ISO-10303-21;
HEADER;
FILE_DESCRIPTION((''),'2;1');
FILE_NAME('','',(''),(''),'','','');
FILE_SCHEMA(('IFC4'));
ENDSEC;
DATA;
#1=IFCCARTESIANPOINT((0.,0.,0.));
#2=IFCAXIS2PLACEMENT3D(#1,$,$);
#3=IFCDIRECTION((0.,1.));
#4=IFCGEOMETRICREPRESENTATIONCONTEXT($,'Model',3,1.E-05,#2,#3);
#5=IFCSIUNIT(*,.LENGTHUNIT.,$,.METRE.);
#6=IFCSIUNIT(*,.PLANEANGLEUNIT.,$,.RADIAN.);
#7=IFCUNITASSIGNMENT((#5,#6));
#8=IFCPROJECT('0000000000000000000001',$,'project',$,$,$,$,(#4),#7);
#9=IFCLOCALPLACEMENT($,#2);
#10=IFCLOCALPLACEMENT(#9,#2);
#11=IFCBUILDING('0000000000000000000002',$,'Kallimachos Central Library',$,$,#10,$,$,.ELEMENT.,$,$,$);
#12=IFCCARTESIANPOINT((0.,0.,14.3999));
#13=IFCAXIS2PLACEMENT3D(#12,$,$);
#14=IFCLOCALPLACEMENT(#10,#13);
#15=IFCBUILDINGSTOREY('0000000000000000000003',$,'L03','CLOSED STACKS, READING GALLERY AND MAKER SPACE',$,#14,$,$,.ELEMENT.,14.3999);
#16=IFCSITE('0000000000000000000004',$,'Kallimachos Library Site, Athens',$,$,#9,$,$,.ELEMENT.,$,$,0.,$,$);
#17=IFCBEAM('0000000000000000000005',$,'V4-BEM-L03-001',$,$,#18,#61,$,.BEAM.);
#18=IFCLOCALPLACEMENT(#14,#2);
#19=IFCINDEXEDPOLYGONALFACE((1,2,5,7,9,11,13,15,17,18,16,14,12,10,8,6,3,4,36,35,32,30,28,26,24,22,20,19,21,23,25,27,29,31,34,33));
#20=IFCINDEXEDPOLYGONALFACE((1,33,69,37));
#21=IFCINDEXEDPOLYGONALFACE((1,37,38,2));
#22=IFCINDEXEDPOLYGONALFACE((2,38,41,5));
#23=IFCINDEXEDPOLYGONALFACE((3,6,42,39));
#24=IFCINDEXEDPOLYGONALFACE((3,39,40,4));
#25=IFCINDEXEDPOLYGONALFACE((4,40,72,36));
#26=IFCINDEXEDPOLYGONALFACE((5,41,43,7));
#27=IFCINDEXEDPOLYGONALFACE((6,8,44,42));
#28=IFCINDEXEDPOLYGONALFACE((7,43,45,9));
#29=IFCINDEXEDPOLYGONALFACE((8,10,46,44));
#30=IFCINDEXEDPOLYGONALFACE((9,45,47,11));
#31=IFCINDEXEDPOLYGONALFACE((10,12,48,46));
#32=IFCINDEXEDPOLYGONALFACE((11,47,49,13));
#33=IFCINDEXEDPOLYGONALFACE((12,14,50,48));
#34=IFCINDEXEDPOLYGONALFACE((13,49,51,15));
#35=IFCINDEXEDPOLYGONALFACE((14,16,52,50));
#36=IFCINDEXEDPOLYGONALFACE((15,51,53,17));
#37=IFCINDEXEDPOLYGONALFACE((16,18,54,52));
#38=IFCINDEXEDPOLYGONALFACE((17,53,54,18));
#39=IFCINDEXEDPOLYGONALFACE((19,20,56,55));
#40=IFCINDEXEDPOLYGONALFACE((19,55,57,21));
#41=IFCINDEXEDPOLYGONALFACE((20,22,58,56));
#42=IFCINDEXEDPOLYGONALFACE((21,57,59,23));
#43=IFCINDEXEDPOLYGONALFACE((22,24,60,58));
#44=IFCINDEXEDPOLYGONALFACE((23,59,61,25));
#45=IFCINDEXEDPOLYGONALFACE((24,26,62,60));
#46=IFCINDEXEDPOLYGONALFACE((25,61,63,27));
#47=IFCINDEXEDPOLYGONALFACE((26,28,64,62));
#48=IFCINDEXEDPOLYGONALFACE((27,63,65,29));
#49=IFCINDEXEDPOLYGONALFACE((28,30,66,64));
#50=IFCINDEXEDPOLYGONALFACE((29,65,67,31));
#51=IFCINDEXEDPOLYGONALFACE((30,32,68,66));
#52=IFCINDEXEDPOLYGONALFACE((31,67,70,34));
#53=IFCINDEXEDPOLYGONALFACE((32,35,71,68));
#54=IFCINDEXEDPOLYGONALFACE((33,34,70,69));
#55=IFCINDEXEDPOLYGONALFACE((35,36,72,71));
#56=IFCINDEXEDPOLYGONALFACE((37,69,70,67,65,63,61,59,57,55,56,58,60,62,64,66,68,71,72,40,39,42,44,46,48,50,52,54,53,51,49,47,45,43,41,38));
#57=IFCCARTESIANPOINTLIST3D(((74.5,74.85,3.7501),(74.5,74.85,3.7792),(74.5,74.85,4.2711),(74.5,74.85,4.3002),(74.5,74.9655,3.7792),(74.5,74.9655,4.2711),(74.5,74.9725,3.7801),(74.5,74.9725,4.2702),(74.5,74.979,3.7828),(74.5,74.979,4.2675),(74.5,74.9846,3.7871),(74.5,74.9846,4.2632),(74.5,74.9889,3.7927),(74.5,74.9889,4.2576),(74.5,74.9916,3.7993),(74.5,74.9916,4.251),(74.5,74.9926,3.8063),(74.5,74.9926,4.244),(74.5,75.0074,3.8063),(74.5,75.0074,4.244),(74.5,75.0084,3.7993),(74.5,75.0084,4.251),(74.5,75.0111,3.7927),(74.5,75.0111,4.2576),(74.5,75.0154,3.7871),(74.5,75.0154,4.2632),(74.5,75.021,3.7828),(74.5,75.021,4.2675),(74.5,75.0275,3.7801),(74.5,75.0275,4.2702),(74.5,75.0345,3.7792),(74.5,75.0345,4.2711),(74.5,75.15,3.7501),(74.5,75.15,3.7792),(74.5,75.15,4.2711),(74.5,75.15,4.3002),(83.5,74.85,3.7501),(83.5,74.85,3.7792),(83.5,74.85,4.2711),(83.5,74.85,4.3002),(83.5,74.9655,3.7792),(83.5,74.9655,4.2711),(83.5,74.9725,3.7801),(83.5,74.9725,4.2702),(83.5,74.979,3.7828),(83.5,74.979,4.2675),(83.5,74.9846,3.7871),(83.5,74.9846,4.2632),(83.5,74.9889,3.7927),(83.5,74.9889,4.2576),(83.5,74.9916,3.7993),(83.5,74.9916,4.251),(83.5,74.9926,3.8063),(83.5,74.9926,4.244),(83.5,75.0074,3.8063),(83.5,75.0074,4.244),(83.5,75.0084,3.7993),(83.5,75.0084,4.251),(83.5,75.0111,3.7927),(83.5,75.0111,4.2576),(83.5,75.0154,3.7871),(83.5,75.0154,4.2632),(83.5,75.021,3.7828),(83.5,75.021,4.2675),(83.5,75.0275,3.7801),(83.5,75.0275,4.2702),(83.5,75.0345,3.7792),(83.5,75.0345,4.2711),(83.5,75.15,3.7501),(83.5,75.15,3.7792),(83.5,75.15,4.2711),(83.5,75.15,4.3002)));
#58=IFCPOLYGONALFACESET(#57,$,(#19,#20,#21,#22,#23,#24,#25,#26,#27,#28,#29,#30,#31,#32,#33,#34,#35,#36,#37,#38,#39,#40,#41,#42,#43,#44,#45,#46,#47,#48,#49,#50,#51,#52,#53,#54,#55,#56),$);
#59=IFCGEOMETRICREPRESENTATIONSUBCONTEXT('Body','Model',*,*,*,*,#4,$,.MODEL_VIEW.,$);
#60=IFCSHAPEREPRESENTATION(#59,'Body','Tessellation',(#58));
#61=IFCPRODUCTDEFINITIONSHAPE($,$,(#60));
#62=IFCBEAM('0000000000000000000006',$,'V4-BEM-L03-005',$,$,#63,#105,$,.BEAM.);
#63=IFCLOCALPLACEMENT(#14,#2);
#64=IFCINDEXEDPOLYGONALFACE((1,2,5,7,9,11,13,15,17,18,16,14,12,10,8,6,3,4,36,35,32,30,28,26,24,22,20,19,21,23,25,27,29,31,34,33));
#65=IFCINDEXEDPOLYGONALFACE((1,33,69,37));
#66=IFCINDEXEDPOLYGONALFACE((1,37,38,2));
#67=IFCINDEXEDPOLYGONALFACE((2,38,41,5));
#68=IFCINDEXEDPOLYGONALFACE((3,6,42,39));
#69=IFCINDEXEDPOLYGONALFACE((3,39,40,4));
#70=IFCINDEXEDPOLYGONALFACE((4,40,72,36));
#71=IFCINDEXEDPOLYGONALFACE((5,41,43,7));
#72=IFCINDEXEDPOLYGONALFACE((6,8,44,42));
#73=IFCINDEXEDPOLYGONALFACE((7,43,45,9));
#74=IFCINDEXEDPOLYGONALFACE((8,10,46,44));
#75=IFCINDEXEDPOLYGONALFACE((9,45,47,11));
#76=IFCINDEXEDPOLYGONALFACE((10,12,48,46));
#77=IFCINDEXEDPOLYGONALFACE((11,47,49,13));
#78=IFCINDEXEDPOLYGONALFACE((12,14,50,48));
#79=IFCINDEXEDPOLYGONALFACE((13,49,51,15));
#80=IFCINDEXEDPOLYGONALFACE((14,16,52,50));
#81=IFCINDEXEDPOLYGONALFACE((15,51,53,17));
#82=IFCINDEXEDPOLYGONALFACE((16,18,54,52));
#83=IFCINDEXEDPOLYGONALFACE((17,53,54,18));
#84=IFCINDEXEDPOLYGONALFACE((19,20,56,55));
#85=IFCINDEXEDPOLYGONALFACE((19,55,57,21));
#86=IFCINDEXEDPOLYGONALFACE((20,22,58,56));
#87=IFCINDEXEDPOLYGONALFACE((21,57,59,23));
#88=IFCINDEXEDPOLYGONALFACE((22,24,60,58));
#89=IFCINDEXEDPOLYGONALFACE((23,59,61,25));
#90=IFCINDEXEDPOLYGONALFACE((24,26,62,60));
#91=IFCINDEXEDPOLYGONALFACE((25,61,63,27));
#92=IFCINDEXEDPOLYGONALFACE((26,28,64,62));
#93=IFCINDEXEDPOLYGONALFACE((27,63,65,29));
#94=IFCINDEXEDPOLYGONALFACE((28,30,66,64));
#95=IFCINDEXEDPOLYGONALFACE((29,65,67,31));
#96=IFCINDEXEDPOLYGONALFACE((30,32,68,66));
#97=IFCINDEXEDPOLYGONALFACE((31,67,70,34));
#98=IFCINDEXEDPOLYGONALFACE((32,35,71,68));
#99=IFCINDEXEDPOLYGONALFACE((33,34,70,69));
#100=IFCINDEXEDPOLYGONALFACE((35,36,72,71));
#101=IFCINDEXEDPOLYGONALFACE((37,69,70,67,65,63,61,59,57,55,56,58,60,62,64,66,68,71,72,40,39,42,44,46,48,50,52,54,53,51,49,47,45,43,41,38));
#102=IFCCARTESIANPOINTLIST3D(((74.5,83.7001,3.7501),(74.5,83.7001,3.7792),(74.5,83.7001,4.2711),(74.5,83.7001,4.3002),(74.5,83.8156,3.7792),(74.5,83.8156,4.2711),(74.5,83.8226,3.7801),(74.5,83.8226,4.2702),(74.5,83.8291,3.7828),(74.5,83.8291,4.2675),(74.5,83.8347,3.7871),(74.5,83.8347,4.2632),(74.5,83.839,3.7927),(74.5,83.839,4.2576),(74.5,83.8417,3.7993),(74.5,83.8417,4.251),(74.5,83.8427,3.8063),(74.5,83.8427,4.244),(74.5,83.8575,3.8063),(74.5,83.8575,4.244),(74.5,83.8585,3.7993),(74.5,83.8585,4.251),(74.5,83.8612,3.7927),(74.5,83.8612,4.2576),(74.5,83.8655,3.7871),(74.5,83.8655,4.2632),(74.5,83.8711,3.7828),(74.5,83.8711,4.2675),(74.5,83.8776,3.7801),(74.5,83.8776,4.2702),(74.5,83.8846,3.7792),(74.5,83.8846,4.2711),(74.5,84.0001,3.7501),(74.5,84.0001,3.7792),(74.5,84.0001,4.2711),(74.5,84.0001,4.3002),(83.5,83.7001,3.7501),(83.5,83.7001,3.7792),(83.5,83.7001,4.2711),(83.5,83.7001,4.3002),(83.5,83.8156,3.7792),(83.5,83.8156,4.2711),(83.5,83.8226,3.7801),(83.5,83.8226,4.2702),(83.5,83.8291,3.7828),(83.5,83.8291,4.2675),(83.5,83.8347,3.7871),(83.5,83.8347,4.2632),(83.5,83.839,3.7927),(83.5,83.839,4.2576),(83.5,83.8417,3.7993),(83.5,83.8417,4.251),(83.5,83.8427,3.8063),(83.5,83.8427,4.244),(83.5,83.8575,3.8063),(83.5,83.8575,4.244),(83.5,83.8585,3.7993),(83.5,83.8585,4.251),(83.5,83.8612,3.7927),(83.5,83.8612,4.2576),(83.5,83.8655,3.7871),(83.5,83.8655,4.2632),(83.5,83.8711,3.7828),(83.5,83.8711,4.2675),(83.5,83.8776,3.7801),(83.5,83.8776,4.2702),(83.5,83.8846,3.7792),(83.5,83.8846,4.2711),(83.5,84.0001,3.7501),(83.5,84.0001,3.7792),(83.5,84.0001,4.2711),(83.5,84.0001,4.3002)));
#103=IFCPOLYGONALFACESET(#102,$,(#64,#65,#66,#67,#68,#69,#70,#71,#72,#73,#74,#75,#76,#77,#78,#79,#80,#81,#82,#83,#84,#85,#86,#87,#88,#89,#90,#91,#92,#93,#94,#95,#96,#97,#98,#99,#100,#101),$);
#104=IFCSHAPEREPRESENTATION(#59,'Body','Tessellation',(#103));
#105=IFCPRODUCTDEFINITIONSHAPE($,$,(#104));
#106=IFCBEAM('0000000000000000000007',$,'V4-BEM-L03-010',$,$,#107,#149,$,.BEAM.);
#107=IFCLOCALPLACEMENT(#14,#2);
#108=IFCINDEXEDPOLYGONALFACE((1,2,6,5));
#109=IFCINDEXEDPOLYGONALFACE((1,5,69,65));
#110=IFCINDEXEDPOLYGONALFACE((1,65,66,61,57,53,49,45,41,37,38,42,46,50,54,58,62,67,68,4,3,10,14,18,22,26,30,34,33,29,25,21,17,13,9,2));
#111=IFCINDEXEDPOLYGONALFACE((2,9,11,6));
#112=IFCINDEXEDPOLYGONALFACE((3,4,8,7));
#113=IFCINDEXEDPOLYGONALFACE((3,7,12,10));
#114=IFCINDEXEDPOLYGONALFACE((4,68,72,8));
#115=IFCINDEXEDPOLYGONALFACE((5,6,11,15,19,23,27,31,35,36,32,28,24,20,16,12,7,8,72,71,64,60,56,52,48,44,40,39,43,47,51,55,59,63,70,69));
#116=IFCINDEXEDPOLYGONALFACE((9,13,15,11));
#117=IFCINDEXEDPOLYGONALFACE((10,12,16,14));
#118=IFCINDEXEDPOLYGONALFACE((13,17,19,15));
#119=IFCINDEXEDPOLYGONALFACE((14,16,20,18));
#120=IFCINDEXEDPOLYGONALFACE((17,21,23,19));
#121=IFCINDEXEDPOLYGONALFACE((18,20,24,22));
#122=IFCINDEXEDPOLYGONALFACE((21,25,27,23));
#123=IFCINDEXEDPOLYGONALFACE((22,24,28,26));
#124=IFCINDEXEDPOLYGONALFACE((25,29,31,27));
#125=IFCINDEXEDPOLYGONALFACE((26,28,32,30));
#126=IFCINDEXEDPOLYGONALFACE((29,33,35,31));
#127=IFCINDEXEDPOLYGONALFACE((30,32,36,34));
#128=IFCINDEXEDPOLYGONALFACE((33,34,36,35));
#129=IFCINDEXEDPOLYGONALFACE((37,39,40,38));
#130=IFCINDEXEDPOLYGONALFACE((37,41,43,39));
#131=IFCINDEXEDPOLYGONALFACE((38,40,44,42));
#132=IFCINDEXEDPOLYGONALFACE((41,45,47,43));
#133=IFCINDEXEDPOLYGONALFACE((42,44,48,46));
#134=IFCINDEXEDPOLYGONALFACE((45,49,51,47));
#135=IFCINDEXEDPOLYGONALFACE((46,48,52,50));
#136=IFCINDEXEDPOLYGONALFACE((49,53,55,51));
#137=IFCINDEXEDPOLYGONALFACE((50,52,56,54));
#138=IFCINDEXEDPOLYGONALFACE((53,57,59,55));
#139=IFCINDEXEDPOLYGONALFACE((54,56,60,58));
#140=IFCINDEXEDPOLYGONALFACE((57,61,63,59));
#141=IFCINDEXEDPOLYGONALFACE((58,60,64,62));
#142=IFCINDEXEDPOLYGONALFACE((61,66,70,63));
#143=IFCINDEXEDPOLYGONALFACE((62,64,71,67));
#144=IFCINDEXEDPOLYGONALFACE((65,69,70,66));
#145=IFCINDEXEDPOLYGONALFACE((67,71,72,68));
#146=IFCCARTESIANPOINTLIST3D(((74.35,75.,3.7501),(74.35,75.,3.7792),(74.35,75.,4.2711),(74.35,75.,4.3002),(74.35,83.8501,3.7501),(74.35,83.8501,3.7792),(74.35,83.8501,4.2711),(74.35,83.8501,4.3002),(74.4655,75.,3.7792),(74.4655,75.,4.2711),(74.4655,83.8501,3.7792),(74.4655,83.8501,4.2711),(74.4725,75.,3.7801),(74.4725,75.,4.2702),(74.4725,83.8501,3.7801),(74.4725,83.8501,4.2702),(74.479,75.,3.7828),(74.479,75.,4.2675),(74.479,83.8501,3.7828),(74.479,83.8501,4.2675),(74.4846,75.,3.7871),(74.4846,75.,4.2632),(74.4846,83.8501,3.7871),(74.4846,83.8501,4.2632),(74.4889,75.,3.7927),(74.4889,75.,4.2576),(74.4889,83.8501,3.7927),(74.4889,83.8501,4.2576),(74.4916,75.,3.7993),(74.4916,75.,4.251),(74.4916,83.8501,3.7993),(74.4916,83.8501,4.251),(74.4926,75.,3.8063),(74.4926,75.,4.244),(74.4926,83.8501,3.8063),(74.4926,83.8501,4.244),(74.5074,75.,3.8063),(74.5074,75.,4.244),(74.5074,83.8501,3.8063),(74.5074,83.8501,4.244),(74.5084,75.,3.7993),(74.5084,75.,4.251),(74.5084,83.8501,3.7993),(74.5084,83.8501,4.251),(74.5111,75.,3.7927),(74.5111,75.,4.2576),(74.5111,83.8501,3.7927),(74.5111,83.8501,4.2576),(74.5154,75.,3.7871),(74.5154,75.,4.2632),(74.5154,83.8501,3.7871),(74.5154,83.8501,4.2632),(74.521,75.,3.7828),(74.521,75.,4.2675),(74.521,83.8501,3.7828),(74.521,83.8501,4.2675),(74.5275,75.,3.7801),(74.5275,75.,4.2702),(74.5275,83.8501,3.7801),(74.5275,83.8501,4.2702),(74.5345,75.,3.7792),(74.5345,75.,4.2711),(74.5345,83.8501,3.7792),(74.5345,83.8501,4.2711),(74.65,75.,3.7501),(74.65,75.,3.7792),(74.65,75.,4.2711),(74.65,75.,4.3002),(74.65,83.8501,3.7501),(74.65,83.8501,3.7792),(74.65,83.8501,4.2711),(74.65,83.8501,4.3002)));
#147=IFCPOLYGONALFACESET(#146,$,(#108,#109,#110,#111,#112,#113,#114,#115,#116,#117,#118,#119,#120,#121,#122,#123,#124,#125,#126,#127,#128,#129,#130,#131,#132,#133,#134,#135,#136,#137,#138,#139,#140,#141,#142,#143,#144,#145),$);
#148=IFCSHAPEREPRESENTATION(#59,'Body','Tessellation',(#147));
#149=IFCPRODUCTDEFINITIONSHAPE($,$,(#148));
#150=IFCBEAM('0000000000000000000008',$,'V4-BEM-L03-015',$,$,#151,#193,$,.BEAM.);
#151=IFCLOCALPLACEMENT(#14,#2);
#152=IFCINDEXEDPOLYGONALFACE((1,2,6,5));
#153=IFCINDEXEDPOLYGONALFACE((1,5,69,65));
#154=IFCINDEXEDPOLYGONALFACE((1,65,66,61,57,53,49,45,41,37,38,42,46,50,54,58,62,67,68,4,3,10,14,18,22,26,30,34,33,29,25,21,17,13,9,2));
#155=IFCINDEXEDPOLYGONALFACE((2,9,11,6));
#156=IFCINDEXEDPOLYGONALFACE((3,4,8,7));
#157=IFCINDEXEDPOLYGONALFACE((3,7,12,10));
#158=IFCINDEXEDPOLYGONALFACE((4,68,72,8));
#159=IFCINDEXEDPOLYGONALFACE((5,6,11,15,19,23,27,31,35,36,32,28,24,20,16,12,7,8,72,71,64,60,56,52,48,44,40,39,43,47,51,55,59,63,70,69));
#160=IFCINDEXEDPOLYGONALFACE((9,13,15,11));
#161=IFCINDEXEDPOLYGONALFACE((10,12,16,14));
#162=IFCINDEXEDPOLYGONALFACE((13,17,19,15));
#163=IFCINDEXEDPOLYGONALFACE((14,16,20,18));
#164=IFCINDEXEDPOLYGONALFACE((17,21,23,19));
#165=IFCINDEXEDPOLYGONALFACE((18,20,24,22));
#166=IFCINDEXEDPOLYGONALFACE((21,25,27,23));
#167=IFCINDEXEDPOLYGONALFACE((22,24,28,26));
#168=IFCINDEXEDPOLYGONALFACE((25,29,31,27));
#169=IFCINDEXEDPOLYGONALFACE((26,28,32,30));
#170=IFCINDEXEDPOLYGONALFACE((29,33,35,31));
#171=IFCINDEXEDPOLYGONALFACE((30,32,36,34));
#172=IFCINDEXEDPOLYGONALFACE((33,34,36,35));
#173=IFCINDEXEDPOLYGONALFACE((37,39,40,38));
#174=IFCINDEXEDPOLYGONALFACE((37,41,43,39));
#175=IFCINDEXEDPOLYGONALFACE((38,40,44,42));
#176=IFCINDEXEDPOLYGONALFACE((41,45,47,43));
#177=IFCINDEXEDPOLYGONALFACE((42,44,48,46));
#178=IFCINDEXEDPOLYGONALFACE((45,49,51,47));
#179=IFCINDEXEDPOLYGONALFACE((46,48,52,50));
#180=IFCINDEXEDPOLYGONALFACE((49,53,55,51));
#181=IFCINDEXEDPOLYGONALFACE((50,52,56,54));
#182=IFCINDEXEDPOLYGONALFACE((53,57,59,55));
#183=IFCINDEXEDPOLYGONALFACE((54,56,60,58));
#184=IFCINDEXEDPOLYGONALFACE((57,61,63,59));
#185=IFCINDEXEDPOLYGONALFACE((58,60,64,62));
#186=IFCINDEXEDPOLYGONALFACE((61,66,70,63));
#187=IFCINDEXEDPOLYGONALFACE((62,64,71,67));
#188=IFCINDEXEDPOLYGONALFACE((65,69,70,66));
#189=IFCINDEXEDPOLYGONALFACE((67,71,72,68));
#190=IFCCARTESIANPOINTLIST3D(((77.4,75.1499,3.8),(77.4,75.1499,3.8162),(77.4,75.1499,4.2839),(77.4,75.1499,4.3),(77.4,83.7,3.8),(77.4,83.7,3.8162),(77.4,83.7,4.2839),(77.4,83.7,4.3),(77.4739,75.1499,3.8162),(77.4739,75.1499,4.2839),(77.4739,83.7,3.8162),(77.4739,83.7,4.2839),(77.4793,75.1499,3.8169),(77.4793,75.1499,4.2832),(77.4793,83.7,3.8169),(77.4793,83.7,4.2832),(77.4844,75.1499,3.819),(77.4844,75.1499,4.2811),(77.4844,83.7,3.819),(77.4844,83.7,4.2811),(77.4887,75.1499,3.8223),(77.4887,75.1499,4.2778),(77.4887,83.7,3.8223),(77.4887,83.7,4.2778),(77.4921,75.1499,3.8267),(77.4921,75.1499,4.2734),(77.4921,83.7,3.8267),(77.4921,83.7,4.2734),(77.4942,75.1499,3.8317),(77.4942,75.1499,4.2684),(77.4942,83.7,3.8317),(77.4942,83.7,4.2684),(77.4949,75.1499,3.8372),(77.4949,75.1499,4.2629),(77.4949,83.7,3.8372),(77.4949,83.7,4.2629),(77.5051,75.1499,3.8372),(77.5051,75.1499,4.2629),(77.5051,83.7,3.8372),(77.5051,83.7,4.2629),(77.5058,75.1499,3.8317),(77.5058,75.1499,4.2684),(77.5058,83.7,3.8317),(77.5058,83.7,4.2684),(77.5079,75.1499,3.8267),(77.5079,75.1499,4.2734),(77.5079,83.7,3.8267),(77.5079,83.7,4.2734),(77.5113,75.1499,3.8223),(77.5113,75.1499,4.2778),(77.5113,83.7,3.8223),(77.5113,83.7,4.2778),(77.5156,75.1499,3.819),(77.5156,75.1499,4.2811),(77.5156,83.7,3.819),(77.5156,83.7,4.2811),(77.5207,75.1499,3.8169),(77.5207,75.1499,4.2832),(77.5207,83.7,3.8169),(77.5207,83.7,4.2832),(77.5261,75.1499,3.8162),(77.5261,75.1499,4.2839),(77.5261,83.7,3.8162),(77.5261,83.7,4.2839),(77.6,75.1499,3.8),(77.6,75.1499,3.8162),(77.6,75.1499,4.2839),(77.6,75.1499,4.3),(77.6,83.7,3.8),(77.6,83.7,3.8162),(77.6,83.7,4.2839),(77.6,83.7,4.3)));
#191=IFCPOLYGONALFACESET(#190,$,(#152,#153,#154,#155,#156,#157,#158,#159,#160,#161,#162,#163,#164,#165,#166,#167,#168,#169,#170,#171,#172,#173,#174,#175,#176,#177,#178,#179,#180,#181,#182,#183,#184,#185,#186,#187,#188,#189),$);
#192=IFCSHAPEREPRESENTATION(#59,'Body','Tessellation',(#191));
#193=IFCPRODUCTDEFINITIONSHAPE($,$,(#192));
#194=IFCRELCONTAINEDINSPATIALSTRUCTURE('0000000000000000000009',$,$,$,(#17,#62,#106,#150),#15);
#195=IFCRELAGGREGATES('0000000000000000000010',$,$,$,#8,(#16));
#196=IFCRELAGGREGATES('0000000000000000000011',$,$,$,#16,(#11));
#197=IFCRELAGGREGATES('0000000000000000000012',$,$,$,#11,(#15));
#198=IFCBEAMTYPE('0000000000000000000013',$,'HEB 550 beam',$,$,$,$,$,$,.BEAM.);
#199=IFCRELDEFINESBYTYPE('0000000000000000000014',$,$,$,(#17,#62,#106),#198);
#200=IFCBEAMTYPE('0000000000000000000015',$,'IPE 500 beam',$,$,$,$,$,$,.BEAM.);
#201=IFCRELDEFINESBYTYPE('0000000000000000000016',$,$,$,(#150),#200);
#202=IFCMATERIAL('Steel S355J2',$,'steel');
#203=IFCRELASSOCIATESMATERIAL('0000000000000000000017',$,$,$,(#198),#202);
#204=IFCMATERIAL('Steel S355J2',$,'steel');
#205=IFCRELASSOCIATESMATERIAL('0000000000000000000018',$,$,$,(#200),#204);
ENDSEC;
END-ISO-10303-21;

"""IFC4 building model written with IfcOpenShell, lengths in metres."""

from ifc_helpers import new_model, si_unit, direction, frame, origin, origin_2d, place, context, subcontext, project, spatial, i_section, extrude, material, material_profile, profile_set, type_object, element, save


model = new_model("IFC4")

# Units and contexts
model_context = context("Model", 3, precision=1e-05, world=origin(), true_north=direction((0.0, 1.0)))
body_context = subcontext(model_context, "Body", "Model", "MODEL_VIEW")
ifc_project = project(units=[si_unit("LENGTHUNIT", "METRE"), si_unit("PLANEANGLEUNIT", "RADIAN")], contexts=[model_context])

# Site, building, storey
site_placement = place(None, origin())
site = spatial("IfcSite", under=ifc_project, at=site_placement, Name="Kallimachos Library Site, Athens", CompositionType="ELEMENT", RefElevation=0.0)
building_placement = place(site_placement, origin())
building = spatial("IfcBuilding", under=site, at=building_placement, Name="Kallimachos Central Library", CompositionType="ELEMENT")
storey_placement = place(building_placement, frame((0.0, 0.0, 14.3999)))
storey = spatial("IfcBuildingStorey", under=building, at=storey_placement, Name="L03", Description="CLOSED STACKS, READING GALLERY AND MAKER SPACE", CompositionType="ELEMENT", Elevation=14.3999)

# Beams
ifc_material_1 = material(Name="Steel S355J2", Category="steel")
ifc_material_profile_1 = material_profile(ifc_material_1, i_section(OverallWidth=0.3, OverallDepth=0.55, WebThickness=0.0149, FlangeThickness=0.0291, FilletRadius=0.0271, at=origin_2d()), Name="HEB 550")
ifc_profile_set_1 = profile_set([ifc_material_profile_1], Name="Steel S355J2")
beam_type_1 = type_object("IfcBeamType", Name="HEB 550 beam", PredefinedType="BEAM", material=ifc_profile_set_1)
for number, where, z_axis, x_axis, name in (
    (1, (74.5, 75.0, 4.0251), (1.0, 0.0, 0.0), (0.0, 1.0, 0.0), "V4-BEM-L03-001"),
    (2, (74.5, 83.8501, 4.0251), (1.0, 0.0, 0.0), (0.0, 1.0, 0.0), "V4-BEM-L03-005"),
):
    element("IfcBeam", number, at=place(storey_placement, frame(where, z_axis=z_axis, x_axis=x_axis)), inside=storey, type_object=beam_type_1, Name=name, PredefinedType="BEAM", context=body_context, shape_type="SweptSolid", body=[
        extrude(i_section(OverallWidth=0.3, OverallDepth=0.55, WebThickness=0.0149, FlangeThickness=0.0291, FilletRadius=0.0271, at=origin_2d()), origin(), (0.0, 0.0, 1.0), 9.0),
    ])
beam_1_placement = place(storey_placement, frame((74.5, 75.0, 4.0251), z_axis=(0.0, 1.0, 0.0), x_axis=(-1.0, 0.0, 0.0)))
element("IfcBeam", 3, at=beam_1_placement, inside=storey, type_object=beam_type_1, Name="V4-BEM-L03-010", PredefinedType="BEAM", context=body_context, shape_type="SweptSolid", body=[
    extrude(i_section(OverallWidth=0.3, OverallDepth=0.55, WebThickness=0.0149, FlangeThickness=0.0291, FilletRadius=0.0271, at=origin_2d()), origin(), (0.0, 0.0, 1.0), 8.8501),
])
ifc_material_2 = material(Name="Steel S355J2", Category="steel")
ifc_material_profile_2 = material_profile(ifc_material_2, i_section(OverallWidth=0.2, OverallDepth=0.5, WebThickness=0.0103, FlangeThickness=0.0161, FilletRadius=0.021, at=origin_2d()), Name="IPE 500")
ifc_profile_set_2 = profile_set([ifc_material_profile_2], Name="Steel S355J2")
beam_type_2 = type_object("IfcBeamType", Name="IPE 500 beam", PredefinedType="BEAM", material=ifc_profile_set_2)
beam_2_placement = place(storey_placement, frame((77.5, 75.1499, 4.05), z_axis=(0.0, 1.0, 0.0), x_axis=(-1.0, 0.0, 0.0)))
element("IfcBeam", 4, at=beam_2_placement, inside=storey, type_object=beam_type_2, Name="V4-BEM-L03-015", PredefinedType="BEAM", context=body_context, shape_type="SweptSolid", body=[
    extrude(i_section(OverallWidth=0.2, OverallDepth=0.5, WebThickness=0.0103, FlangeThickness=0.0161, FilletRadius=0.021, at=origin_2d()), origin(), (0.0, 0.0, 1.0), 8.55),
])

save(model, "model.ifc")
